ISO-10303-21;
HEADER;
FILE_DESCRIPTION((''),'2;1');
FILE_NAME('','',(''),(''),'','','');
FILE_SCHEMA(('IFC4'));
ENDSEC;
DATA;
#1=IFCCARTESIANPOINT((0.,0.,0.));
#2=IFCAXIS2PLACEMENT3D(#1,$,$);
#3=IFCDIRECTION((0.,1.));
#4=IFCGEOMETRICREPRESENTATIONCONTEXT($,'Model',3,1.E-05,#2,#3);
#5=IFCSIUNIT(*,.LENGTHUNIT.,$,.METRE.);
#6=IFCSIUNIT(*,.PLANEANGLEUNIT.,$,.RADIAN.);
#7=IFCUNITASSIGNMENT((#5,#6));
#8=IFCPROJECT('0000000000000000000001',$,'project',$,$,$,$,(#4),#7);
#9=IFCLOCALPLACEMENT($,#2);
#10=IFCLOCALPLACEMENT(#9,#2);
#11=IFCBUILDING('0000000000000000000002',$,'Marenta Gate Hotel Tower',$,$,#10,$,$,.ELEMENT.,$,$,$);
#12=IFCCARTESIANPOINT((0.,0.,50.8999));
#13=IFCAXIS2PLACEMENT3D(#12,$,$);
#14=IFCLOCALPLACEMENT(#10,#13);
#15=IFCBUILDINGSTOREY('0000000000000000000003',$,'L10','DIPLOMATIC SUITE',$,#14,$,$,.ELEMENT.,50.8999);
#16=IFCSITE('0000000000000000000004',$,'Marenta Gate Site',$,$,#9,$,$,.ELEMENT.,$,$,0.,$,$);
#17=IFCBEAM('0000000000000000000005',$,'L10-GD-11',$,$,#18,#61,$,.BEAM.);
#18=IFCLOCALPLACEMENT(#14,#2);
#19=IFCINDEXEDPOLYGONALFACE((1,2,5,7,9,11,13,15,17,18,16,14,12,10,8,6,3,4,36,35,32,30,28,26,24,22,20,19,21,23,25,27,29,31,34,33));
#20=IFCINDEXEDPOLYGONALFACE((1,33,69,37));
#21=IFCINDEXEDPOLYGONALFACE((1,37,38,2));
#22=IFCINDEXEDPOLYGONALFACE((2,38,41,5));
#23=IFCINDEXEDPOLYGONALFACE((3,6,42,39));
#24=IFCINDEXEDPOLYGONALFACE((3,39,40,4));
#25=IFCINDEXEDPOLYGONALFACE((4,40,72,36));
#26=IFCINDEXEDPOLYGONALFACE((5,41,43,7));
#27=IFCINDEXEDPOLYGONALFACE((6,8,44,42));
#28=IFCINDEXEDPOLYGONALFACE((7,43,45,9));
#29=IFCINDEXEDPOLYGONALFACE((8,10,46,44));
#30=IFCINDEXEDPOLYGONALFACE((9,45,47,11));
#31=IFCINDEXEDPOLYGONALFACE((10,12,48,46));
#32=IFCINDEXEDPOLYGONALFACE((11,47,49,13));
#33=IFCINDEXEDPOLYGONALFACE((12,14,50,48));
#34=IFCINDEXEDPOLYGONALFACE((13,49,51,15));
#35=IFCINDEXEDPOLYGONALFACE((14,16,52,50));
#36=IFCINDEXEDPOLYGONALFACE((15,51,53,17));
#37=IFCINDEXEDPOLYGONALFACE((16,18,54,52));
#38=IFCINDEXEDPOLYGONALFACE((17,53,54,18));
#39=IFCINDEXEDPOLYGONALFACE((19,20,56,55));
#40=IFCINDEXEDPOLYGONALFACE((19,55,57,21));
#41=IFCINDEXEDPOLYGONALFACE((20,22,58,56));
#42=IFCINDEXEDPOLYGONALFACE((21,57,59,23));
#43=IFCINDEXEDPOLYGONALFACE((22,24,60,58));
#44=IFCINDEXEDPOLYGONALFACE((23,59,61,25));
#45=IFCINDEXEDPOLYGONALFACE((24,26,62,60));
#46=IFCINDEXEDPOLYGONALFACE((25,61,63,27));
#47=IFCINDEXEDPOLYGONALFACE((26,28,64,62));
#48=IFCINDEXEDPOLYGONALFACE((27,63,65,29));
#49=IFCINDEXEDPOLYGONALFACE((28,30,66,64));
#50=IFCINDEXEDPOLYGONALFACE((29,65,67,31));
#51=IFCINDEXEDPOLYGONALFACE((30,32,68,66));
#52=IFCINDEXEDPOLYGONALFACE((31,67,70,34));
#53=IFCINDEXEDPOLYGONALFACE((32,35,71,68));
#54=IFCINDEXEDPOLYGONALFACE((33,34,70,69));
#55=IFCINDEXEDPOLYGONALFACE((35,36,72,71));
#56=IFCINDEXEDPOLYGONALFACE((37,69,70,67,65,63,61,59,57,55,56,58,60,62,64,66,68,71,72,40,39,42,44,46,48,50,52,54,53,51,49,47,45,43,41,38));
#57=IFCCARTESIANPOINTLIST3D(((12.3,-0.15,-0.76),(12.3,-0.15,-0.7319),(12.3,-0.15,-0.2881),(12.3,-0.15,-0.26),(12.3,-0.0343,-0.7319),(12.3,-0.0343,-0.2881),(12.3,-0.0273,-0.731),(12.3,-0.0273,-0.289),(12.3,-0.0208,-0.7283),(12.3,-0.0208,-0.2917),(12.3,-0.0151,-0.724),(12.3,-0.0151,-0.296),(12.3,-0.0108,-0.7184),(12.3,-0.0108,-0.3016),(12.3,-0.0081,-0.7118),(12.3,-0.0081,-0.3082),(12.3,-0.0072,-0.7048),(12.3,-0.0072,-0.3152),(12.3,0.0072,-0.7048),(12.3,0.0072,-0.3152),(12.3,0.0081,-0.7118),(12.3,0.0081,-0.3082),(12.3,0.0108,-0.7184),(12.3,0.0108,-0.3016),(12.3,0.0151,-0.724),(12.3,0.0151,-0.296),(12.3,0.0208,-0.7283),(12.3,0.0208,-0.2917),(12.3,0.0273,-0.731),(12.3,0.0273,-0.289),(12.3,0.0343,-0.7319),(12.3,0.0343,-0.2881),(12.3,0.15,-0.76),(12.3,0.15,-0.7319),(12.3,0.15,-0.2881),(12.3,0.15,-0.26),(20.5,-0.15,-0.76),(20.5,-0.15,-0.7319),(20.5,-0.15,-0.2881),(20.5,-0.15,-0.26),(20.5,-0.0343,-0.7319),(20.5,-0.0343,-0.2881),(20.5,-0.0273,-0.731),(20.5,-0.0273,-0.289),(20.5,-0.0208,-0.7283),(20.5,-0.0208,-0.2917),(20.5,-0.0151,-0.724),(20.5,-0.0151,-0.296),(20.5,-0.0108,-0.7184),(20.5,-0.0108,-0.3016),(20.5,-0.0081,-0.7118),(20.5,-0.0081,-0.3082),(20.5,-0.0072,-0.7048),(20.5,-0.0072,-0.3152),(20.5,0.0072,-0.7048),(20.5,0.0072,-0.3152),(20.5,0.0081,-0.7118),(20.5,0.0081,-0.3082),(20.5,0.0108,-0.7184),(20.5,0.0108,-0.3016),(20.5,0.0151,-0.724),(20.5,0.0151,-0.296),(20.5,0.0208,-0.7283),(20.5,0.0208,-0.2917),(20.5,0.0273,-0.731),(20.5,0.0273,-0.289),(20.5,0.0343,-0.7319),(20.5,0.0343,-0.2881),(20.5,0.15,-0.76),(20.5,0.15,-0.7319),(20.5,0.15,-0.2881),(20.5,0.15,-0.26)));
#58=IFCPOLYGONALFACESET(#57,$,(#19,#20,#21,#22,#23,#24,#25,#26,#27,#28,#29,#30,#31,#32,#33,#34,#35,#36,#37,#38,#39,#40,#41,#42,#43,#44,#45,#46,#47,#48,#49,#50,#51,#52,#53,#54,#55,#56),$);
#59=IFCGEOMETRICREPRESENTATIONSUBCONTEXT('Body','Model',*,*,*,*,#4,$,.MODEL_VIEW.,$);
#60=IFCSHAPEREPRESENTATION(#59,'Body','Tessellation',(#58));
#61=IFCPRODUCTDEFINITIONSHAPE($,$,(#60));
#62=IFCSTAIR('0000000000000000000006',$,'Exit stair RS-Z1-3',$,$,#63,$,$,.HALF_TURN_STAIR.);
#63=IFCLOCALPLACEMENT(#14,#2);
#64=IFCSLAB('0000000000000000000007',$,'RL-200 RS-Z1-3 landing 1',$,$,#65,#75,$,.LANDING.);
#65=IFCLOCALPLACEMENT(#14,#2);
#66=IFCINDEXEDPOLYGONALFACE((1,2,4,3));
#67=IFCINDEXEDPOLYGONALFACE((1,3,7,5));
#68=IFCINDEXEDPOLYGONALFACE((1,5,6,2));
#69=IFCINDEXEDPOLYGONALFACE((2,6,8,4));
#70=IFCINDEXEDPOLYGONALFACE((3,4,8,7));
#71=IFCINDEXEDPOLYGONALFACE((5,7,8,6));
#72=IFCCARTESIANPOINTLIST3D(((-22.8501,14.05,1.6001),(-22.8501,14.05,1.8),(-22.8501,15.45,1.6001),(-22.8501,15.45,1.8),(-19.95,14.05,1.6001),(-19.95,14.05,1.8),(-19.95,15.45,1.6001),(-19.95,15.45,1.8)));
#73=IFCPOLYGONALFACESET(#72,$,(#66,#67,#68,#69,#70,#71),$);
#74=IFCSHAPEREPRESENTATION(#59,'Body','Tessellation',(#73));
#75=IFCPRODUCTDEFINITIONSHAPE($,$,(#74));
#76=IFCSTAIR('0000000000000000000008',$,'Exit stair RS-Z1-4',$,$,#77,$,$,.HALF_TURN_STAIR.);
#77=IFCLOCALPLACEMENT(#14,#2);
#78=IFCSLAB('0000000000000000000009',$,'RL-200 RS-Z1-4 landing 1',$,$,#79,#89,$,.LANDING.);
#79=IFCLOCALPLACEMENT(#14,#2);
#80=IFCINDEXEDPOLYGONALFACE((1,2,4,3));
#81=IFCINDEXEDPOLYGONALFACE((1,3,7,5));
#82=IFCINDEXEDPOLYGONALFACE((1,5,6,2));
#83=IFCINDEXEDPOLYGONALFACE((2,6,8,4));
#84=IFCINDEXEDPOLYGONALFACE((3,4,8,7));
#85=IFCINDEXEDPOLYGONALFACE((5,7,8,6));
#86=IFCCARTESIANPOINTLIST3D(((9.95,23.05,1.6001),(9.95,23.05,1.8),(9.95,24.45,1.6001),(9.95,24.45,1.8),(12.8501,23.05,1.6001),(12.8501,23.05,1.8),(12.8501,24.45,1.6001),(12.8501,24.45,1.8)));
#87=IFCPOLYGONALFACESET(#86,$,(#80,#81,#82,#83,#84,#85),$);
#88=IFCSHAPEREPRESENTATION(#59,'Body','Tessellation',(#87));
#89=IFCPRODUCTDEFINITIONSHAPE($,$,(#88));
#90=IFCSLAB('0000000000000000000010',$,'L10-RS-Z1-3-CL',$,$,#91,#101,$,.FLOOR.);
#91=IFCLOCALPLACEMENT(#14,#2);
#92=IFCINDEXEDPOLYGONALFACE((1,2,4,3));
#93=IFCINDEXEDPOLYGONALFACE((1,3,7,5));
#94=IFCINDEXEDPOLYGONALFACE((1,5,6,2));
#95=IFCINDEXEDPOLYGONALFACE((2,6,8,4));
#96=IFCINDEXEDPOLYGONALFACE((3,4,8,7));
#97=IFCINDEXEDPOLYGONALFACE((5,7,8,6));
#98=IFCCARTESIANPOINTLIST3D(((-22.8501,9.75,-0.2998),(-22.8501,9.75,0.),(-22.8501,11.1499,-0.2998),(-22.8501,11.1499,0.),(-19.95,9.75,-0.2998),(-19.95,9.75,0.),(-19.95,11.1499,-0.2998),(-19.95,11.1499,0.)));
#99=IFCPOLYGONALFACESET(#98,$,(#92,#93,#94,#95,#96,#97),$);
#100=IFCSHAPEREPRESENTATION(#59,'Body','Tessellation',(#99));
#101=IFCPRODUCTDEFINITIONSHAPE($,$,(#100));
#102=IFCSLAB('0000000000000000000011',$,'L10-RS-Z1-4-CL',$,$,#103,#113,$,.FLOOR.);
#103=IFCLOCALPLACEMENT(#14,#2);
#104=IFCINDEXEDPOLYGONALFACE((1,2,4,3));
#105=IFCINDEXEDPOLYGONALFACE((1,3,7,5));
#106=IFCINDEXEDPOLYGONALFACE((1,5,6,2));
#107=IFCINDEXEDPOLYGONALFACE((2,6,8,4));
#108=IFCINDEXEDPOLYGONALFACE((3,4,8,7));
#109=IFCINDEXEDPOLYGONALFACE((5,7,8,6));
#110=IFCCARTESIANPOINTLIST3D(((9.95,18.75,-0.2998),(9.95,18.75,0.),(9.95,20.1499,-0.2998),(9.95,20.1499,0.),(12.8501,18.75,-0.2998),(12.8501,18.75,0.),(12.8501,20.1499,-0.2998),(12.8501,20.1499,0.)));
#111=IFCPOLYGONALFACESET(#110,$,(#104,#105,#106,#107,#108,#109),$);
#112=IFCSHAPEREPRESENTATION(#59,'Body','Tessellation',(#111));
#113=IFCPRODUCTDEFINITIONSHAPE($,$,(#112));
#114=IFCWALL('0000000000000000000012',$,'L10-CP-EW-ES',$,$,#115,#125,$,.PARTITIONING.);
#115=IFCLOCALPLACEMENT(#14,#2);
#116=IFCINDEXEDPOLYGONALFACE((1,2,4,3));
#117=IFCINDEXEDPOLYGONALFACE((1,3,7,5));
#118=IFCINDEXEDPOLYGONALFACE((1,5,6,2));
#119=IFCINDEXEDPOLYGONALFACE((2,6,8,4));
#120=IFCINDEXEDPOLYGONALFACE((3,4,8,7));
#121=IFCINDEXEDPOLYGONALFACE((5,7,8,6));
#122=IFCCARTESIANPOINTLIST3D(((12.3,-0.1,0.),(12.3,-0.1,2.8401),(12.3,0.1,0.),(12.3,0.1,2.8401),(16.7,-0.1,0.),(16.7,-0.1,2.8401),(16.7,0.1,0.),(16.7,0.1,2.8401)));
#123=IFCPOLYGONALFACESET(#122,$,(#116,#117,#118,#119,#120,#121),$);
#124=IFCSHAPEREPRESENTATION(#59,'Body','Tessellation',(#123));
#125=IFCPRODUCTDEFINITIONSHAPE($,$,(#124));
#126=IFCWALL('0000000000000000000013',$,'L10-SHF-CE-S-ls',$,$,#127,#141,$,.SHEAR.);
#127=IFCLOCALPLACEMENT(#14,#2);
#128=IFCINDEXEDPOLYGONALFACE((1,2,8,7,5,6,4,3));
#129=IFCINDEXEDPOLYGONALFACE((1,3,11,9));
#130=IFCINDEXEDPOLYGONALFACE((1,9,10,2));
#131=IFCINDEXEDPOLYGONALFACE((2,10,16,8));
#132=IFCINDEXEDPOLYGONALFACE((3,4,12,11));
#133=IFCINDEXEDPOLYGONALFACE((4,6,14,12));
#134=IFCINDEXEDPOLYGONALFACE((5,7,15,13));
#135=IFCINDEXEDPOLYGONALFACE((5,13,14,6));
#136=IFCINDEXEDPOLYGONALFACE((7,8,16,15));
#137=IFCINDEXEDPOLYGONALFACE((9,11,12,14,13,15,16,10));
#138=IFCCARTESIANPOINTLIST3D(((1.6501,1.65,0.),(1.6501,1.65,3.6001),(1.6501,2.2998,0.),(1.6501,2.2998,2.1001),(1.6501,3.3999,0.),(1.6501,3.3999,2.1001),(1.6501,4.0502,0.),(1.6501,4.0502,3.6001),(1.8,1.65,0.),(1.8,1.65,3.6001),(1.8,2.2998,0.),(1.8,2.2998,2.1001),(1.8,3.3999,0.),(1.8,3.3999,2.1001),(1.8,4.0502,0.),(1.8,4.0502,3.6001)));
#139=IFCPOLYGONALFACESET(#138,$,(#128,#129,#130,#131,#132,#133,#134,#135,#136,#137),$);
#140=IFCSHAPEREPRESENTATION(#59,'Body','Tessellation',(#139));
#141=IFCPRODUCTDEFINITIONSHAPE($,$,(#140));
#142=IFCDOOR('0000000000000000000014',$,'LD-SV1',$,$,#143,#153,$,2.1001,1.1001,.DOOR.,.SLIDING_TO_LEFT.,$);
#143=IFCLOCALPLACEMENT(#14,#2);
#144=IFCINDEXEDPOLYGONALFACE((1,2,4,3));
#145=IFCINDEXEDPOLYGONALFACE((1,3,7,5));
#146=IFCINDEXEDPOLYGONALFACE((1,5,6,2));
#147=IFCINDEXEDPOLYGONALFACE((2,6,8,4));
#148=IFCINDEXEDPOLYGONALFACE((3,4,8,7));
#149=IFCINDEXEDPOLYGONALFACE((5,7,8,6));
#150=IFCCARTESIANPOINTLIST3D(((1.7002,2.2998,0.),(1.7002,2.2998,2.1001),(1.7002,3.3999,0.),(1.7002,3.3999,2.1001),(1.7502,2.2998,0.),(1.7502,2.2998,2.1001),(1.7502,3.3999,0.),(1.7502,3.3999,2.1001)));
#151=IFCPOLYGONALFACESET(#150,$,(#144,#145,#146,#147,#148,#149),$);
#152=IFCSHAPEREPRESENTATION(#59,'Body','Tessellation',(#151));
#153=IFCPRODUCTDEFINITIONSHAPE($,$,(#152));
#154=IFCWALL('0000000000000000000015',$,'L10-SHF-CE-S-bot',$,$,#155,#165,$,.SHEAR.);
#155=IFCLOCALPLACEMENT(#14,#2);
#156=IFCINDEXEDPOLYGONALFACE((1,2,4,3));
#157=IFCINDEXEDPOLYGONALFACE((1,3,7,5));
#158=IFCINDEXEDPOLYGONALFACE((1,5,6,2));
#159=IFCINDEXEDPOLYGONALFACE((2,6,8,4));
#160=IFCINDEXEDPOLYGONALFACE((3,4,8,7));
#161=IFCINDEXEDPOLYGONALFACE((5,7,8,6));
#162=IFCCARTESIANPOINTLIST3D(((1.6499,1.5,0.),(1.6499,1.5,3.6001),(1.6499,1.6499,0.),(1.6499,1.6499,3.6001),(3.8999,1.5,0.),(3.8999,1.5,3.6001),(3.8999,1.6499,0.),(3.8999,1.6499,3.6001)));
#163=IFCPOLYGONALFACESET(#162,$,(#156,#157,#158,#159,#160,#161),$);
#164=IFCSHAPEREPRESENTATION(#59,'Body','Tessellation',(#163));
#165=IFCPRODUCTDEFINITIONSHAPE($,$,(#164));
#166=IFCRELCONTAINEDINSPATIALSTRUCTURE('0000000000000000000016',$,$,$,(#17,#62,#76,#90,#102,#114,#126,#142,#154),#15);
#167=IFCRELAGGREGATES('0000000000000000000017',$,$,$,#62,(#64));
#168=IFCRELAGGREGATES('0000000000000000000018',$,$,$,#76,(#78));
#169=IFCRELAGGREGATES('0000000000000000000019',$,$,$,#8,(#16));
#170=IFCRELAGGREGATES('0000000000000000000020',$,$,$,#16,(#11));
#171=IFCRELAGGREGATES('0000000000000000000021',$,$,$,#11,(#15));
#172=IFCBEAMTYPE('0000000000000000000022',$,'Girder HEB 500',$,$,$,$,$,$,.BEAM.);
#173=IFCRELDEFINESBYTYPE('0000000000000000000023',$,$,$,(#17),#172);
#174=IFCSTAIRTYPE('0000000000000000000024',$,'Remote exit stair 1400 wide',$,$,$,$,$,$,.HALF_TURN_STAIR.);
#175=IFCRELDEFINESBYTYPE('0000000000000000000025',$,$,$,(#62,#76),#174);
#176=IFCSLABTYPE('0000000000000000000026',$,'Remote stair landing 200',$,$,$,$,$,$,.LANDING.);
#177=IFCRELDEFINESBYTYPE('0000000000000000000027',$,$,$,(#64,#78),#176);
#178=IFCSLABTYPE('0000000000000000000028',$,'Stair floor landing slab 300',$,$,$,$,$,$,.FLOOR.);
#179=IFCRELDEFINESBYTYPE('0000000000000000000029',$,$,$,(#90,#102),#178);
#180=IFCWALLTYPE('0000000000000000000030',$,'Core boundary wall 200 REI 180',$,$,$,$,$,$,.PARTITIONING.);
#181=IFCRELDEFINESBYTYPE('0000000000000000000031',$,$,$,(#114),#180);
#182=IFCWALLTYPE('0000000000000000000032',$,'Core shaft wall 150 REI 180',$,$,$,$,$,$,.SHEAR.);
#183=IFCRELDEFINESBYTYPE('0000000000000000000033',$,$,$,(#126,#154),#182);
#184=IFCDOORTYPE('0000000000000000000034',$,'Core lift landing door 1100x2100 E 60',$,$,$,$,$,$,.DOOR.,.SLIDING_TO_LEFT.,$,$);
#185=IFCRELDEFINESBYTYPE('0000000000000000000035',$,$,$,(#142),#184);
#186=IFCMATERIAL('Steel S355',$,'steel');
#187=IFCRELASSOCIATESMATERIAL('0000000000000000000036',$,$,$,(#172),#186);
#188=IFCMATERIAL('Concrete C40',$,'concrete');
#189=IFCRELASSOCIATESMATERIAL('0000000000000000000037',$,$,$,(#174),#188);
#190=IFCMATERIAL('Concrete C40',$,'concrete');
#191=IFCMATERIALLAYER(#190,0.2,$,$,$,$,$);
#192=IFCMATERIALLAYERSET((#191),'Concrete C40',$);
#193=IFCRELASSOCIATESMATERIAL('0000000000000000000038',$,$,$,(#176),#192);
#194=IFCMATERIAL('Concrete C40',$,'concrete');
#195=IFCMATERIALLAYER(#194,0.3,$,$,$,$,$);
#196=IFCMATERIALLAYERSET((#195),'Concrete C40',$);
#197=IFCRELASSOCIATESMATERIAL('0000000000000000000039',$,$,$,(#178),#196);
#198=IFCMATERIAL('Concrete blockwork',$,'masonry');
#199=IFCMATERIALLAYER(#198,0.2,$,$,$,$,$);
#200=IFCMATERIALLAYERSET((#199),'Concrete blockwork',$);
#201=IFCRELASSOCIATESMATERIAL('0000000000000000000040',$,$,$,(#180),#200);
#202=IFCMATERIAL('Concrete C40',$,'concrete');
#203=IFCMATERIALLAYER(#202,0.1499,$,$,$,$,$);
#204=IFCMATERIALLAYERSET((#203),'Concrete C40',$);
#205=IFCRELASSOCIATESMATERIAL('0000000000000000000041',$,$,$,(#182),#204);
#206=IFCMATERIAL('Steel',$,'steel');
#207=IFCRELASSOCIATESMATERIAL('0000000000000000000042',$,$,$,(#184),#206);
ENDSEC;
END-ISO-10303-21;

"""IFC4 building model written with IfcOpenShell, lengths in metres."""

from ifc_helpers import new_model, si_unit, direction, frame, frame_2d, origin, origin_2d, place, context, subcontext, project, spatial, polyline, rectangle, i_section, outline, extrude, material, layer, layer_set, material_profile, profile_set, type_object, element, fill, aggregate, save


model = new_model("IFC4")

# Units and contexts
model_context = context("Model", 3, precision=1e-05, world=origin(), true_north=direction((0.0, 1.0)))
body_context = subcontext(model_context, "Body", "Model", "MODEL_VIEW")
ifc_project = project(units=[si_unit("LENGTHUNIT", "METRE"), si_unit("PLANEANGLEUNIT", "RADIAN")], contexts=[model_context])

# Site, building, storey
site_placement = place(None, origin())
site = spatial("IfcSite", under=ifc_project, at=site_placement, Name="Marenta Gate Site", CompositionType="ELEMENT", RefElevation=0.0)
building_placement = place(site_placement, origin())
building = spatial("IfcBuilding", under=site, at=building_placement, Name="Marenta Gate Hotel Tower", CompositionType="ELEMENT")
storey_placement = place(building_placement, frame((0.0, 0.0, 50.8999)))
storey = spatial("IfcBuildingStorey", under=building, at=storey_placement, Name="L10", Description="DIPLOMATIC SUITE", CompositionType="ELEMENT", Elevation=50.8999)

# Beam
ifc_material_1 = material(Name="Steel S355", Category="steel")
ifc_material_profile = material_profile(ifc_material_1, i_section(OverallWidth=0.3, OverallDepth=0.5, WebThickness=0.0144, FlangeThickness=0.0281, FilletRadius=0.0271, at=origin_2d()), Name="HEB 500")
ifc_profile_set = profile_set([ifc_material_profile], Name="Steel S355")
beam_type = type_object("IfcBeamType", Name="Girder HEB 500", PredefinedType="BEAM", material=ifc_profile_set)
beam_placement = place(storey_placement, frame((12.3, 0.0, -0.51), z_axis=(1.0, 0.0, 0.0), x_axis=(0.0, 1.0, 0.0)))
element("IfcBeam", 1, at=beam_placement, inside=storey, type_object=beam_type, Name="L10-GD-11", PredefinedType="BEAM", context=body_context, shape_type="SweptSolid", body=[
    extrude(i_section(OverallWidth=0.3, OverallDepth=0.5, WebThickness=0.0144, FlangeThickness=0.0281, FilletRadius=0.0271, at=origin_2d()), origin(), (0.0, 0.0, 1.0), 8.2),
])

# Stairs, slabs
ifc_material_2 = material(Name="Concrete C40", Category="concrete")
stair_type = type_object("IfcStairType", Name="Remote exit stair 1400 wide", PredefinedType="HALF_TURN_STAIR", material=ifc_material_2)
stair_1_placement = place(storey_placement, origin())
stair_1 = element("IfcStair", 2, at=stair_1_placement, inside=storey, type_object=stair_type, Name="Exit stair RS-Z1-3", PredefinedType="HALF_TURN_STAIR")
ifc_material_3 = material(Name="Concrete C40", Category="concrete")
ifc_layer_1 = layer(ifc_material_3, 0.2)
ifc_layer_set_1 = layer_set([ifc_layer_1], Name="Concrete C40")
slab_type_1 = type_object("IfcSlabType", Name="Remote stair landing 200", PredefinedType="LANDING", material=ifc_layer_set_1)
slab_1_placement = place(storey_placement, frame((0.0, 0.0, 1.6001)))
slab_1 = element("IfcSlab", 3, at=slab_1_placement, type_object=slab_type_1, Name="RL-200 RS-Z1-3 landing 1", PredefinedType="LANDING", context=body_context, shape_type="SweptSolid", body=[
    extrude(outline(polyline([(-22.8501, 14.05), (-19.95, 14.05), (-19.95, 15.45), (-22.8501, 15.45), (-22.8501, 14.05)])), origin(), (0.0, 0.0, 1.0), 0.2),
])
aggregate(stair_1, [slab_1])
stair_2_placement = place(storey_placement, origin())
stair_2 = element("IfcStair", 4, at=stair_2_placement, inside=storey, type_object=stair_type, Name="Exit stair RS-Z1-4", PredefinedType="HALF_TURN_STAIR")
slab_2_placement = place(storey_placement, frame((0.0, 0.0, 1.6001)))
slab_2 = element("IfcSlab", 5, at=slab_2_placement, type_object=slab_type_1, Name="RL-200 RS-Z1-4 landing 1", PredefinedType="LANDING", context=body_context, shape_type="SweptSolid", body=[
    extrude(outline(polyline([(9.95, 23.05), (12.8501, 23.05), (12.8501, 24.45), (9.95, 24.45), (9.95, 23.05)])), origin(), (0.0, 0.0, 1.0), 0.2),
])
aggregate(stair_2, [slab_2])

# Slabs
ifc_material_4 = material(Name="Concrete C40", Category="concrete")
ifc_layer_2 = layer(ifc_material_4, 0.3)
ifc_layer_set_2 = layer_set([ifc_layer_2], Name="Concrete C40")
slab_type_2 = type_object("IfcSlabType", Name="Stair floor landing slab 300", PredefinedType="FLOOR", material=ifc_layer_set_2)
slab_3_placement = place(storey_placement, frame((0.0, 0.0, -0.2998)))
element("IfcSlab", 6, at=slab_3_placement, inside=storey, type_object=slab_type_2, Name="L10-RS-Z1-3-CL", PredefinedType="FLOOR", context=body_context, shape_type="SweptSolid", body=[
    extrude(outline(polyline([(-19.95, 9.75), (-19.95, 11.1499), (-22.8501, 11.1499), (-22.8501, 9.75), (-19.95, 9.75)])), origin(), (0.0, 0.0, 1.0), 0.2998),
])
slab_4_placement = place(storey_placement, frame((0.0, 0.0, -0.2998)))
element("IfcSlab", 7, at=slab_4_placement, inside=storey, type_object=slab_type_2, Name="L10-RS-Z1-4-CL", PredefinedType="FLOOR", context=body_context, shape_type="SweptSolid", body=[
    extrude(outline(polyline([(12.8501, 18.75), (12.8501, 20.1499), (9.95, 20.1499), (9.95, 18.75), (12.8501, 18.75)])), origin(), (0.0, 0.0, 1.0), 0.2998),
])

# Wall
ifc_material_5 = material(Name="Concrete blockwork", Category="masonry")
ifc_layer_3 = layer(ifc_material_5, 0.2)
ifc_layer_set_3 = layer_set([ifc_layer_3], Name="Concrete blockwork")
wall_type_1 = type_object("IfcWallType", Name="Core boundary wall 200 REI 180", PredefinedType="PARTITIONING", material=ifc_layer_set_3)
wall_1_placement = place(storey_placement, frame((12.3, 0.0, 0.0), z_axis=(0.0, 0.0, 1.0), x_axis=(1.0, 0.0, 0.0)))
element("IfcWall", 8, at=wall_1_placement, inside=storey, type_object=wall_type_1, Name="L10-CP-EW-ES", PredefinedType="PARTITIONING", context=body_context, shape_type="SweptSolid", body=[
    extrude(rectangle(XDim=4.3999, YDim=0.2, at=frame_2d((2.2, 0.0))), origin(), (0.0, 0.0, 1.0), 2.8401),
])

# Wall, opening, door
ifc_material_6 = material(Name="Concrete C40", Category="concrete")
ifc_layer_4 = layer(ifc_material_6, 0.1499)
ifc_layer_set_4 = layer_set([ifc_layer_4], Name="Concrete C40")
wall_type_2 = type_object("IfcWallType", Name="Core shaft wall 150 REI 180", PredefinedType="SHEAR", material=ifc_layer_set_4)
wall_2_placement = place(storey_placement, frame((1.7251, 1.6499, 0.0), z_axis=(0.0, 0.0, 1.0), x_axis=(0.0, 1.0, 0.0)))
wall_2 = element("IfcWall", 9, at=wall_2_placement, inside=storey, type_object=wall_type_2, Name="L10-SHF-CE-S-ls", PredefinedType="SHEAR", context=body_context, shape_type="SweptSolid", body=[
    extrude(rectangle(XDim=2.4001, YDim=0.1499, at=frame_2d((1.2002, 0.0))), origin(), (0.0, 0.0, 1.0), 3.6001),
])
opening_1_placement = place(wall_2_placement, frame((0.6499, 0.0, 0.0)))
opening_1 = element("IfcOpeningElement", 10, at=opening_1_placement, cuts=wall_2, PredefinedType="OPENING", context=body_context, shape_type="SweptSolid", body=[
    extrude(rectangle(XDim=1.1001, YDim=2.1001, at=frame_2d((0.55, 1.05))), frame((0.0, 0.075, 0.0), z_axis=(0.0, -1.0, 0.0), x_axis=(1.0, 0.0, 0.0)), (0.0, 0.0, 1.0), 0.1499),
])
ifc_material_7 = material(Name="Steel", Category="steel")
door_type_1 = type_object("IfcDoorType", Name="Core lift landing door 1100x2100 E 60", OperationType="SLIDING_TO_LEFT", PredefinedType="DOOR", material=ifc_material_7)
door_1_placement = place(opening_1_placement, origin())
door_1 = element("IfcDoor", 11, at=door_1_placement, inside=storey, type_object=door_type_1, Name="LD-SV1", OperationType="SLIDING_TO_LEFT", OverallHeight=2.1001, OverallWidth=1.1001, PredefinedType="DOOR", context=body_context, shape_type="SweptSolid", body=[
    extrude(rectangle(XDim=1.1001, YDim=2.1001, at=frame_2d((0.55, 1.05))), frame((0.0, 0.0249, 0.0), z_axis=(0.0, -1.0, 0.0), x_axis=(1.0, 0.0, 0.0)), (0.0, 0.0, 1.0), 0.05),
])
fill(opening_1, door_1)

# Wall
wall_3_placement = place(storey_placement, frame((1.6499, 1.575, 0.0), z_axis=(0.0, 0.0, 1.0), x_axis=(1.0, 0.0, 0.0)))
element("IfcWall", 12, at=wall_3_placement, inside=storey, type_object=wall_type_2, Name="L10-SHF-CE-S-bot", PredefinedType="SHEAR", context=body_context, shape_type="SweptSolid", body=[
    extrude(rectangle(XDim=2.25, YDim=0.1499, at=frame_2d((1.125, 0.0))), origin(), (0.0, 0.0, 1.0), 3.6001),
])

save(model, "model.ifc")
